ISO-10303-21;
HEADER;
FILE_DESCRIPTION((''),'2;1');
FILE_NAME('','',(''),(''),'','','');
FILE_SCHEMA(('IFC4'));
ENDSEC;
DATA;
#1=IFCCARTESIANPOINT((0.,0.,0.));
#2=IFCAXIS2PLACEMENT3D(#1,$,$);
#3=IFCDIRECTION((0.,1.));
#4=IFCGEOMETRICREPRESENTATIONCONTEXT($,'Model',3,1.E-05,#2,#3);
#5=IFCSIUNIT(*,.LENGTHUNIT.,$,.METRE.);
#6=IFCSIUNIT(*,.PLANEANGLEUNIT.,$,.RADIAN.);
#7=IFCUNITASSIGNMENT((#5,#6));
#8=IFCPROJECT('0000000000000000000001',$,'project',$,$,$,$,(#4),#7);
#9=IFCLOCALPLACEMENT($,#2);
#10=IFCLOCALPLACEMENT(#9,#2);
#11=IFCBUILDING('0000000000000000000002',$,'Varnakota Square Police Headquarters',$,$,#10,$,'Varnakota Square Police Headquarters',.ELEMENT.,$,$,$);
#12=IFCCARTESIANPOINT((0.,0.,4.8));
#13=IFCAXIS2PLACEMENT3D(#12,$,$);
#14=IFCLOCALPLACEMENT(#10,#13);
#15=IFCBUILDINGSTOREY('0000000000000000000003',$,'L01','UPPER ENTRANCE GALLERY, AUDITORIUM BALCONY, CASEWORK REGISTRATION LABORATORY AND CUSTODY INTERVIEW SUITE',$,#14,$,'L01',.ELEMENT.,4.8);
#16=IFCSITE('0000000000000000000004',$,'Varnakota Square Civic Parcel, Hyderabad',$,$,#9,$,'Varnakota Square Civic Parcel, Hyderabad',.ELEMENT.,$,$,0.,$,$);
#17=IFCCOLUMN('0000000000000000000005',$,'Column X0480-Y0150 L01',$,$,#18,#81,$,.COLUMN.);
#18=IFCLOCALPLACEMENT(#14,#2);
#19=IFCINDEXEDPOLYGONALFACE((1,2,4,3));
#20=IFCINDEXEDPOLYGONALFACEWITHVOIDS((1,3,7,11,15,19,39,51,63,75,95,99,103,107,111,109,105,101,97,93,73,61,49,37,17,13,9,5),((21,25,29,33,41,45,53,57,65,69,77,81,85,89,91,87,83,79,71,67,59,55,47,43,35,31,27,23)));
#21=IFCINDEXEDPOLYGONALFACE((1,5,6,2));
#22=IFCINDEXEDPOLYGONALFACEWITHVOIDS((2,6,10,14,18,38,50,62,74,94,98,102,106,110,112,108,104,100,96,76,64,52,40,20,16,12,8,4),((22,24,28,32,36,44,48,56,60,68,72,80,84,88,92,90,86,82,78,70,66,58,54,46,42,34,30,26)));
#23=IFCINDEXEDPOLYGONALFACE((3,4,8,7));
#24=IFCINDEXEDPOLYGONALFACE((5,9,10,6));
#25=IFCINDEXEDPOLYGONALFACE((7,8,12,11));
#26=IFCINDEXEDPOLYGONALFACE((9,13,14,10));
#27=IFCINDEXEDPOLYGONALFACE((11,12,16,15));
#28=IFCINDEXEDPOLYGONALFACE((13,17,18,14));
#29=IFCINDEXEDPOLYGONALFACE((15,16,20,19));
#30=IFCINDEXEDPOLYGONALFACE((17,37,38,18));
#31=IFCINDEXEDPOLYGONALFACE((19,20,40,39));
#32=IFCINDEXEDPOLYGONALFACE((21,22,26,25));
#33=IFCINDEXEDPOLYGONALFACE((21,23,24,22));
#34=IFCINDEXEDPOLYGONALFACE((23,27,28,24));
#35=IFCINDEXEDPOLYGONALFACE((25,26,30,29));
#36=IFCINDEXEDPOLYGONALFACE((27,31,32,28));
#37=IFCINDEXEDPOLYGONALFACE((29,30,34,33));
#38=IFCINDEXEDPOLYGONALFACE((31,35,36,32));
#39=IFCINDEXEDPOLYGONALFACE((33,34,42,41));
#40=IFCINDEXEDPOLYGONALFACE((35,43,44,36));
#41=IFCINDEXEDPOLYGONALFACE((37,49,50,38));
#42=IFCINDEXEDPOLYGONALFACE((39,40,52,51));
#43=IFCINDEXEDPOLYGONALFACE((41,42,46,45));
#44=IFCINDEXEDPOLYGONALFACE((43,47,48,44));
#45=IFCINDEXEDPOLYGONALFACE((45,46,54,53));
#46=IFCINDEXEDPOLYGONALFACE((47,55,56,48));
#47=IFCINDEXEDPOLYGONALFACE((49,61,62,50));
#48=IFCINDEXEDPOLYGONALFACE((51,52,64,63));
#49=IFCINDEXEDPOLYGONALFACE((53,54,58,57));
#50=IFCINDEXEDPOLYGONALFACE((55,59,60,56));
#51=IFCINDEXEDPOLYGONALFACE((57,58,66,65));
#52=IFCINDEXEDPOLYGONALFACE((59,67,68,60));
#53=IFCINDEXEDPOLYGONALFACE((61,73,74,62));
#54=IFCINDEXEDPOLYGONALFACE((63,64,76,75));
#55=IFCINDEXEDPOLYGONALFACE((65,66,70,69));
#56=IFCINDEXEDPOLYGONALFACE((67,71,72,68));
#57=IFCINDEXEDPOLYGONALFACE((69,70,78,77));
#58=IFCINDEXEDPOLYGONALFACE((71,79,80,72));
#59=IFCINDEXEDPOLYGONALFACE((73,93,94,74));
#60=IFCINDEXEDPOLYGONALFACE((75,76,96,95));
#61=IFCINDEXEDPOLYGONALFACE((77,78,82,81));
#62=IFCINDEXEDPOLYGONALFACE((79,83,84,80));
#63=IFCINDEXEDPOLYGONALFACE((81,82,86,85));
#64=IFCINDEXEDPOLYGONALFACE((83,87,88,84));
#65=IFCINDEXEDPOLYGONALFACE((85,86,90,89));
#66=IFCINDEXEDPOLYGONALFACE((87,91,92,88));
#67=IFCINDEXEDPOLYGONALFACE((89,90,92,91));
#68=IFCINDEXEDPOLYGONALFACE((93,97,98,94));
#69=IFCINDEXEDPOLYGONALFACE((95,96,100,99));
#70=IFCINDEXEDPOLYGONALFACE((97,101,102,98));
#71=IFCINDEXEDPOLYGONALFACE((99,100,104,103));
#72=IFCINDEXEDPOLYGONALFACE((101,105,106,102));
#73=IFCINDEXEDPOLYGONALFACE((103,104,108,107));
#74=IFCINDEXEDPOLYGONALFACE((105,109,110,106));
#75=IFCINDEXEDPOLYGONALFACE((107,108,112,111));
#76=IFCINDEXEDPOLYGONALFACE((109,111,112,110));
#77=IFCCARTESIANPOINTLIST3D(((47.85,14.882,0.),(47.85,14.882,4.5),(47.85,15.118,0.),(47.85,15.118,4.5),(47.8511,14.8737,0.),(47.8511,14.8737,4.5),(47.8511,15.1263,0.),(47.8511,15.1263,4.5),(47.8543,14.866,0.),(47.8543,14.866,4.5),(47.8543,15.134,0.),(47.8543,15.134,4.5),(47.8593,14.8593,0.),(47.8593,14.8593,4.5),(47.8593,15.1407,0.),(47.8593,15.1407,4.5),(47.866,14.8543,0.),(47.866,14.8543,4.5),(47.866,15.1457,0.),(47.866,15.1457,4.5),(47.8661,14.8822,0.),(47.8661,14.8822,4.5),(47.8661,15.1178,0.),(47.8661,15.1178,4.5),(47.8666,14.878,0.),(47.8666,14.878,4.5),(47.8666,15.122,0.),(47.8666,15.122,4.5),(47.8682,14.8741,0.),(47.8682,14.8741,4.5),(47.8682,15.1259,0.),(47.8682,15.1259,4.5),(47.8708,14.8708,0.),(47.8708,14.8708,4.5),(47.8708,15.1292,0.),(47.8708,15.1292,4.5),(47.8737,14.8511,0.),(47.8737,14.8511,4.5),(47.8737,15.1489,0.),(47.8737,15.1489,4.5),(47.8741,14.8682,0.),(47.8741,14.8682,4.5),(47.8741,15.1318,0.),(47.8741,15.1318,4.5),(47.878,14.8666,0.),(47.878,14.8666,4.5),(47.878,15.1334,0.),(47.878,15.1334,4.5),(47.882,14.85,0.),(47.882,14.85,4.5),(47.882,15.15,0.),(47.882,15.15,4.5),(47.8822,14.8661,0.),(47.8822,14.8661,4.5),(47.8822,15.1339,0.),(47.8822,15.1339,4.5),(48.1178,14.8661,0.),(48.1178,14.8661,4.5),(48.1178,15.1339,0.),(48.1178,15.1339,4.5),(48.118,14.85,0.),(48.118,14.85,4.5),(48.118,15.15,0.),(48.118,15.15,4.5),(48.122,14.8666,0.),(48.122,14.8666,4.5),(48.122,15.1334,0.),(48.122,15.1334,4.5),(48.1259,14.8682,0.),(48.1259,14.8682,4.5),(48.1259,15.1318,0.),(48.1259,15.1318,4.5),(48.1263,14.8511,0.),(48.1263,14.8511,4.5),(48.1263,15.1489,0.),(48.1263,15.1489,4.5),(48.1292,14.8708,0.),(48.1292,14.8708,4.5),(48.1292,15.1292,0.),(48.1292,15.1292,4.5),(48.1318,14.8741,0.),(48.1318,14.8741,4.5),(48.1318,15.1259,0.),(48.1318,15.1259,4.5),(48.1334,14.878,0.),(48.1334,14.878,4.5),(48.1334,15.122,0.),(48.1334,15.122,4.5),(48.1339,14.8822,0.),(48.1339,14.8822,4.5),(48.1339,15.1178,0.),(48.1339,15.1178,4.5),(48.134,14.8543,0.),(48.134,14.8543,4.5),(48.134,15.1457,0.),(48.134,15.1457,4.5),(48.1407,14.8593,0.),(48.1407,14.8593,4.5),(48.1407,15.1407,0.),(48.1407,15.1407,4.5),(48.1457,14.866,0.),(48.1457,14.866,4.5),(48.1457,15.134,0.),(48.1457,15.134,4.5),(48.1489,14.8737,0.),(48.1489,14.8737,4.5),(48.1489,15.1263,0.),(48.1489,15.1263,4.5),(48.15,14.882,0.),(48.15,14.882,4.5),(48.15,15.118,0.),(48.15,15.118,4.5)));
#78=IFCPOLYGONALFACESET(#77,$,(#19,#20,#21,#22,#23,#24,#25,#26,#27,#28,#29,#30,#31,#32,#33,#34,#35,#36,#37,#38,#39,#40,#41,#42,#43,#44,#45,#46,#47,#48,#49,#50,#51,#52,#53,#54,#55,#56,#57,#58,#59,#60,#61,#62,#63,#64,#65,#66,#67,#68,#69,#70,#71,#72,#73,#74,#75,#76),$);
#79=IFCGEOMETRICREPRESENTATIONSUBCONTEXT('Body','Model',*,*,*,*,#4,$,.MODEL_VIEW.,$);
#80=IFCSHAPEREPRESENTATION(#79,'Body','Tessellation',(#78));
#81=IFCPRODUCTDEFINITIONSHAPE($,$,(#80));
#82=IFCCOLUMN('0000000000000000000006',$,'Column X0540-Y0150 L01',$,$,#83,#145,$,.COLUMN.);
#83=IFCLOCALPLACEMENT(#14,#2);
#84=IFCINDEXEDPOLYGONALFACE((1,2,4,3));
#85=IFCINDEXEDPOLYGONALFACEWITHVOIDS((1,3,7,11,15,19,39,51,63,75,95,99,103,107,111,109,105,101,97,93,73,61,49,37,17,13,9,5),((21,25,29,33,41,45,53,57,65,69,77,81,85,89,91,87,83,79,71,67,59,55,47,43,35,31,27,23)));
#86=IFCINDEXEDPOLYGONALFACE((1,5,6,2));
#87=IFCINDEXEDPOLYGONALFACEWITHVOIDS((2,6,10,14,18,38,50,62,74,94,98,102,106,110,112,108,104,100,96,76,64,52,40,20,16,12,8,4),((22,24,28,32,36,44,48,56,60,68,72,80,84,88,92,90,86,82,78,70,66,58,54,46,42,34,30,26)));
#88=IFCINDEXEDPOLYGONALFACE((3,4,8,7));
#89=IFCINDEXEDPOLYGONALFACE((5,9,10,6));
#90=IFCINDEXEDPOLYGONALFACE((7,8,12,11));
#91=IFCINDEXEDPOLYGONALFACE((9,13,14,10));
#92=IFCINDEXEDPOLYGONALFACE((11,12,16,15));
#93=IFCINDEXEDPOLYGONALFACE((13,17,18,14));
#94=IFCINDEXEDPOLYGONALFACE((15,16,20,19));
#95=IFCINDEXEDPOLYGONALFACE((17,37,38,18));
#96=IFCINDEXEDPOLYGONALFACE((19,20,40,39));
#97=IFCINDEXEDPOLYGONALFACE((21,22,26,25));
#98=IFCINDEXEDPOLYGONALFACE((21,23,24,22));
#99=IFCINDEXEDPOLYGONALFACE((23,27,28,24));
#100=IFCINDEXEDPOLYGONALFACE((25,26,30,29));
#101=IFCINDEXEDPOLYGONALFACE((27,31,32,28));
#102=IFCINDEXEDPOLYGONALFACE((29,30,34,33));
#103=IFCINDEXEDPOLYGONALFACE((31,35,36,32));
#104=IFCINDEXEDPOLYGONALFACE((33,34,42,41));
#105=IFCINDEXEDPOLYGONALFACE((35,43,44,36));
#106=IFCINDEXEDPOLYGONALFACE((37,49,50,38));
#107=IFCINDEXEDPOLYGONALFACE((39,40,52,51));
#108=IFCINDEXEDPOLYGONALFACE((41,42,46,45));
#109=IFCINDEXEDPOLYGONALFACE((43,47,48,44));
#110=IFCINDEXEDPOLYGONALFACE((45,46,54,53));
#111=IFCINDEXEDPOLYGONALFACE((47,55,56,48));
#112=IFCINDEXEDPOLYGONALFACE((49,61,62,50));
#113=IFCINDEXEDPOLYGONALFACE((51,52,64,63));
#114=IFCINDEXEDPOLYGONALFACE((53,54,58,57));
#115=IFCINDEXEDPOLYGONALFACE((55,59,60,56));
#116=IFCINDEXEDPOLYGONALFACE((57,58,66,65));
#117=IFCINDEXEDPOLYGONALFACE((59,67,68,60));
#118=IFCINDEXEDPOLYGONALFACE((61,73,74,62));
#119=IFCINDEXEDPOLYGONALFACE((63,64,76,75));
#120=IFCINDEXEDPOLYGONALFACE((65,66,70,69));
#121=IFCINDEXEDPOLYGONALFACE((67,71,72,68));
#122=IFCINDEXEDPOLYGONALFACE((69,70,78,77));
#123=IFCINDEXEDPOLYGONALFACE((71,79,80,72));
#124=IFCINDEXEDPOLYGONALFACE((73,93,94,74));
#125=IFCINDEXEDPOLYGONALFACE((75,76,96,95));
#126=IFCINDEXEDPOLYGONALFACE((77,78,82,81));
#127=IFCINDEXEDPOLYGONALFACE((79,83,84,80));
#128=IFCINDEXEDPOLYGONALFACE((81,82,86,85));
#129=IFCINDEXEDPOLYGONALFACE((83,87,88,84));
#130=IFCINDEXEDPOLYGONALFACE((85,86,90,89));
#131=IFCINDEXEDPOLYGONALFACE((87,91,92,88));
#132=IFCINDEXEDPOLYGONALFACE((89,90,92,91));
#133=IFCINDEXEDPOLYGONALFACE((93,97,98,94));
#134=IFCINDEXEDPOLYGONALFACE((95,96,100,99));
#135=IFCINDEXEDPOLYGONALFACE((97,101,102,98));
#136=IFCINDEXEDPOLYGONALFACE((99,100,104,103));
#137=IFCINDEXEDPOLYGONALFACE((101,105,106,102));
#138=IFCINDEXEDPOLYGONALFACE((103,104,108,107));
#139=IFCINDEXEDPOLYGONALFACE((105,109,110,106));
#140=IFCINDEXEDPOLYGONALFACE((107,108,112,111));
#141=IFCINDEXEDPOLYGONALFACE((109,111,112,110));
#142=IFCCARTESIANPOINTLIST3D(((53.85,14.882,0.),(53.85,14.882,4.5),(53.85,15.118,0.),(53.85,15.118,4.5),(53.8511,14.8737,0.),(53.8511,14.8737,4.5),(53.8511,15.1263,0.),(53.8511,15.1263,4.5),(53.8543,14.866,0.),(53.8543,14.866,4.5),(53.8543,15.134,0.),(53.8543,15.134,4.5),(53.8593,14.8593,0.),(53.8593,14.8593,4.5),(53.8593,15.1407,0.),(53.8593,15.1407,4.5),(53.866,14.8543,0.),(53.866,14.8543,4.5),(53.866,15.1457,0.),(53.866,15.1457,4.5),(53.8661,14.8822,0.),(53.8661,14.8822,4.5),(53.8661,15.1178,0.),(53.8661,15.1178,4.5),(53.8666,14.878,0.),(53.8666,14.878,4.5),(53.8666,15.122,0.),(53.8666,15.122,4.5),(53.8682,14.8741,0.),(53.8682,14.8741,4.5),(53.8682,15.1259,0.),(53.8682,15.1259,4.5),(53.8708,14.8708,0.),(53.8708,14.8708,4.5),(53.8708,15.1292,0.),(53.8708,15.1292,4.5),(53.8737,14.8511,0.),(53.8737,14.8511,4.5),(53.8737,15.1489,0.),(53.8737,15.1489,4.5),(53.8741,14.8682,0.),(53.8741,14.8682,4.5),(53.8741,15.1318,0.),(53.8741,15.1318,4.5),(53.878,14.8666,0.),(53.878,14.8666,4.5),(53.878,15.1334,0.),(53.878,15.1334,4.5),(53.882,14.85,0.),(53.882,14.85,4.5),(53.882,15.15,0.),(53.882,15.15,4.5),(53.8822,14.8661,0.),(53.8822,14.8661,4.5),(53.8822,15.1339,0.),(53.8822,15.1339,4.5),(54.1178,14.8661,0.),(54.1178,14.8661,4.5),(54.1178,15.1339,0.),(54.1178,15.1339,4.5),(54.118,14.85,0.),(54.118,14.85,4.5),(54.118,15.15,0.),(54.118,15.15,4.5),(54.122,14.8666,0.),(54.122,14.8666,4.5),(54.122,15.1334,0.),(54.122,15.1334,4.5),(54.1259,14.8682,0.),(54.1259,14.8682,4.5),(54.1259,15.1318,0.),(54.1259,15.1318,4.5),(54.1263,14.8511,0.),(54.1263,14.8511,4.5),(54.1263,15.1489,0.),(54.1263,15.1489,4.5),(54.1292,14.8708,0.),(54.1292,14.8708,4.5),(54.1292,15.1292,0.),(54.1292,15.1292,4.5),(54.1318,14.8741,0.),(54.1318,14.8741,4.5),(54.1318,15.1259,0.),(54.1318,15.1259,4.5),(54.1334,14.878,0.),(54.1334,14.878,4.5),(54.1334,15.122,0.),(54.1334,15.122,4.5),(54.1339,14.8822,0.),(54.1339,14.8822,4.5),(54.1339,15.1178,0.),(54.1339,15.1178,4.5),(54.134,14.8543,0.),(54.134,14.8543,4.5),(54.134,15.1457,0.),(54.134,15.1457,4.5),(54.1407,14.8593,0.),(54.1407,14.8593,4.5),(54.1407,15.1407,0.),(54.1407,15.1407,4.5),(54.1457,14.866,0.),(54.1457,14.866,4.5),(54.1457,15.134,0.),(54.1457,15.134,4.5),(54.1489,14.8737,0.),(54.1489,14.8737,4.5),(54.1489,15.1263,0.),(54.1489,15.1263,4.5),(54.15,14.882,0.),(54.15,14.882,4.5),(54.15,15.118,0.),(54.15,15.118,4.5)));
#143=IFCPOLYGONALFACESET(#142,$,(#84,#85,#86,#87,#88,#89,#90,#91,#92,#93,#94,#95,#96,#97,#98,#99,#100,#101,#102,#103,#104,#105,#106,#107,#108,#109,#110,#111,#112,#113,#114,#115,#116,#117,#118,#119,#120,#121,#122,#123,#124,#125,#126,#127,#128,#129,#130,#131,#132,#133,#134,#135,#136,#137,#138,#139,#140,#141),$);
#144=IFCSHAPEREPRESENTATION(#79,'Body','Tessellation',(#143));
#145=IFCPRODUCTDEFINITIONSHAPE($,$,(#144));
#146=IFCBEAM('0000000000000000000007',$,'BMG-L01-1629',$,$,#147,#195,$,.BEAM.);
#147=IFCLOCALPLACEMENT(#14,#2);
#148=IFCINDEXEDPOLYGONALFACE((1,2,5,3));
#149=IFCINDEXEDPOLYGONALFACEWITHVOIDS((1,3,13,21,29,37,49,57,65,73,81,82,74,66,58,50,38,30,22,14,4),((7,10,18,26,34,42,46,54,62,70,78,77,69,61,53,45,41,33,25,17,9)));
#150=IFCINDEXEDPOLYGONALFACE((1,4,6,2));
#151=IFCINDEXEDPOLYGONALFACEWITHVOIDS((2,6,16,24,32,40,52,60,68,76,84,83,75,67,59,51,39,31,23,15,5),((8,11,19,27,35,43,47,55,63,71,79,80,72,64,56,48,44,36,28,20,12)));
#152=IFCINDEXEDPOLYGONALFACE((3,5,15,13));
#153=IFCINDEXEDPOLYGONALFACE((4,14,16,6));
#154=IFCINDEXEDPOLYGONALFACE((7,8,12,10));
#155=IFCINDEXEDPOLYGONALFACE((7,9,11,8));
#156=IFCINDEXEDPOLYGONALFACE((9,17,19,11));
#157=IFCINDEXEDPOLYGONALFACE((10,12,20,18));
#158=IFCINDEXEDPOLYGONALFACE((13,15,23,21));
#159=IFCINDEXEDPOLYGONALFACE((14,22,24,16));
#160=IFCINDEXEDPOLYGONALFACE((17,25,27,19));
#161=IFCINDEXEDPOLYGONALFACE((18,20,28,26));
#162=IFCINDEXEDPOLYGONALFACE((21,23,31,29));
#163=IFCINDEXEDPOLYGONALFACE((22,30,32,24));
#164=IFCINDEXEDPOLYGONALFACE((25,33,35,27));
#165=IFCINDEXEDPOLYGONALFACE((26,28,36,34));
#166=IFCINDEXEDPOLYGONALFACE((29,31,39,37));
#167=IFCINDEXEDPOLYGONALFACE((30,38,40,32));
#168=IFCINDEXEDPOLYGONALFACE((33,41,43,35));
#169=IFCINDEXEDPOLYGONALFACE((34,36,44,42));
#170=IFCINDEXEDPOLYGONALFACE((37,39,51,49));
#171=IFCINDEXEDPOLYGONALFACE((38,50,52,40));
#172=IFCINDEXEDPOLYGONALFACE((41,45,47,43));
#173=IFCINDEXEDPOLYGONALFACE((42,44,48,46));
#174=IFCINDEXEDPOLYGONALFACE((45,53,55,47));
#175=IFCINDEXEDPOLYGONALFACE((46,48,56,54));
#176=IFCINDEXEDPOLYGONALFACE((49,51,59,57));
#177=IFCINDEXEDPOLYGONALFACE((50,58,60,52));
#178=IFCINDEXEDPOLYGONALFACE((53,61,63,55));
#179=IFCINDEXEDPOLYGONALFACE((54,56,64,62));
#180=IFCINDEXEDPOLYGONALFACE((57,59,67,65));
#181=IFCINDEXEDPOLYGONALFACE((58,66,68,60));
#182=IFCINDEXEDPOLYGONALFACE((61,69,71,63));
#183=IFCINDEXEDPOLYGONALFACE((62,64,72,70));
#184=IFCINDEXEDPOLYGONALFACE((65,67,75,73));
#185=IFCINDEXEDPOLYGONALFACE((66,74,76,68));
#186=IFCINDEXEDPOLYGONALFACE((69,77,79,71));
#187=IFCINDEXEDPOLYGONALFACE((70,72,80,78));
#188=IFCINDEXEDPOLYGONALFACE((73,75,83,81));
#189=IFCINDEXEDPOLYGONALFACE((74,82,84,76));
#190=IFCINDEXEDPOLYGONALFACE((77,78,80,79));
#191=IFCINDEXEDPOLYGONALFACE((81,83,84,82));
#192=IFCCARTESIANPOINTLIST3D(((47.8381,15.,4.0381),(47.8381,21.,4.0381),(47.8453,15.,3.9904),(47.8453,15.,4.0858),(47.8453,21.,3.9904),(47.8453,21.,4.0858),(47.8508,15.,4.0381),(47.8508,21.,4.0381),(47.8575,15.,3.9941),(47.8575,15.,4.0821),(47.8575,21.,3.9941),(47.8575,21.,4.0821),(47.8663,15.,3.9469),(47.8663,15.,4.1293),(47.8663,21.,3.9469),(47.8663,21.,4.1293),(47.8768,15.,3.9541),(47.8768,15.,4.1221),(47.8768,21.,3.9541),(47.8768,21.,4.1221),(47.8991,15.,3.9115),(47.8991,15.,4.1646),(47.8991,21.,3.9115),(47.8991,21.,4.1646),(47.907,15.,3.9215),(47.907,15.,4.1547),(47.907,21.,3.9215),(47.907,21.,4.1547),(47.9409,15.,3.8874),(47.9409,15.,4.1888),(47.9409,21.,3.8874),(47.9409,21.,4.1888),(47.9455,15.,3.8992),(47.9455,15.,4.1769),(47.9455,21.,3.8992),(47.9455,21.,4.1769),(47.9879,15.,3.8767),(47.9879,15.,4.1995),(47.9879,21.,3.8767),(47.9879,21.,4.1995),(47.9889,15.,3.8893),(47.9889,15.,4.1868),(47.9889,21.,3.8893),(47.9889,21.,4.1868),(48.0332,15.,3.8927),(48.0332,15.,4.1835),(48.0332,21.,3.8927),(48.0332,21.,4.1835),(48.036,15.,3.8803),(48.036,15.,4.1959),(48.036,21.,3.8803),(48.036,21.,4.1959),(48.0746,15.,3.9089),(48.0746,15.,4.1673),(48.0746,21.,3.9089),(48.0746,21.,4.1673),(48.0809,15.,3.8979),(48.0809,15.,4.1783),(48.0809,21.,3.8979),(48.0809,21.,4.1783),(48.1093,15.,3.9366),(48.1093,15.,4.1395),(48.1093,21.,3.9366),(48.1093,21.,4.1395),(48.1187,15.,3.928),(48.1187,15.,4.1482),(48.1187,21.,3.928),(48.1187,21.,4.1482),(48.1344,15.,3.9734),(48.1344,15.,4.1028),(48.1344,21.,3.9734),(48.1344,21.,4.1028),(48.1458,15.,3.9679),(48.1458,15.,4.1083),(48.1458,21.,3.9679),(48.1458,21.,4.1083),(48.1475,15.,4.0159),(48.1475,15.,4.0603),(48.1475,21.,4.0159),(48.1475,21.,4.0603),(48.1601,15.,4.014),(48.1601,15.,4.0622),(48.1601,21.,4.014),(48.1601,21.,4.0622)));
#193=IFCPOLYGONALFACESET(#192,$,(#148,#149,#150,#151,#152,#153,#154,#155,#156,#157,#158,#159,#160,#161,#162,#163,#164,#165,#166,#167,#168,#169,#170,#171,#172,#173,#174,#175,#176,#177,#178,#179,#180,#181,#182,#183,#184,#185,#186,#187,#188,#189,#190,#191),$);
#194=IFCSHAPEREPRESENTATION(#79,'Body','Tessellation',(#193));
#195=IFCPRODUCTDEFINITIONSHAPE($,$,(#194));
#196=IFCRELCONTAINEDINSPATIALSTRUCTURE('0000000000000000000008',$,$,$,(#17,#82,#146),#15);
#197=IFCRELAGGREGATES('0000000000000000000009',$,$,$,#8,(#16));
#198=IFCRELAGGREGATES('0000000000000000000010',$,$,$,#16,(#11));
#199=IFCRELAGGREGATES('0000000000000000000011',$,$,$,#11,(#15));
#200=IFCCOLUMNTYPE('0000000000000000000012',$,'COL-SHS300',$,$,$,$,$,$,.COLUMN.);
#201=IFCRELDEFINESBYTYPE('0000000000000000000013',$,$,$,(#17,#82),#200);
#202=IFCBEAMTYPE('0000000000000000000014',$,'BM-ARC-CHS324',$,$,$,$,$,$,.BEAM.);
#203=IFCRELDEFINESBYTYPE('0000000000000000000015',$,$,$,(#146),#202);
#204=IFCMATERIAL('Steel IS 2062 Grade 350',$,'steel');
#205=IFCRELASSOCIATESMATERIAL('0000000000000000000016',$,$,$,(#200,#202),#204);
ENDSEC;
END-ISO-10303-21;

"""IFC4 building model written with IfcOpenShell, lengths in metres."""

from ifc_helpers import new_model, si_unit, direction, frame, origin, origin_2d, place, context, subcontext, project, spatial, hollow_rectangle, hollow_circle, extrude, material, material_profile, profile_set, type_object, element, save


model = new_model("IFC4")

# Units and contexts
model_context = context("Model", 3, precision=1e-05, world=origin(), true_north=direction((0.0, 1.0)))
body_context = subcontext(model_context, "Body", "Model", "MODEL_VIEW")
ifc_project = project(units=[si_unit("LENGTHUNIT", "METRE"), si_unit("PLANEANGLEUNIT", "RADIAN")], contexts=[model_context])

# Site, building, storey
site_placement = place(None, origin())
site = spatial("IfcSite", under=ifc_project, at=site_placement, Name="Varnakota Square Civic Parcel, Hyderabad", LongName="Varnakota Square Civic Parcel, Hyderabad", CompositionType="ELEMENT", RefElevation=0.0)
building_placement = place(site_placement, origin())
building = spatial("IfcBuilding", under=site, at=building_placement, Name="Varnakota Square Police Headquarters", LongName="Varnakota Square Police Headquarters", CompositionType="ELEMENT")
storey_placement = place(building_placement, frame((0.0, 0.0, 4.8)))
storey = spatial("IfcBuildingStorey", under=building, at=storey_placement, Name="L01", Description="UPPER ENTRANCE GALLERY, AUDITORIUM BALCONY, CASEWORK REGISTRATION LABORATORY AND CUSTODY INTERVIEW SUITE", LongName="L01", CompositionType="ELEMENT", Elevation=4.8)

# Columns
ifc_material_1 = material(Name="Steel IS 2062 Grade 350", Category="steel")
ifc_material_profile_1 = material_profile(ifc_material_1, hollow_rectangle(XDim=0.3, YDim=0.3, WallThickness=0.0161, InnerFilletRadius=0.0161, OuterFilletRadius=0.032, at=origin_2d()), Name="SHS 300x300x16")
ifc_profile_set_1 = profile_set([ifc_material_profile_1], Name="Steel IS 2062 Grade 350")
column_type = type_object("IfcColumnType", Name="COL-SHS300", PredefinedType="COLUMN", material=ifc_profile_set_1)
for number, where, z_axis, x_axis, name in (
    (1, (48.0, 15.0, 0.0), (0.0, 0.0, 1.0), (1.0, 0.0, 0.0), "Column X0480-Y0150 L01"),
    (2, (54.0, 15.0, 0.0), (0.0, 0.0, 1.0), (1.0, 0.0, 0.0), "Column X0540-Y0150 L01"),
):
    element("IfcColumn", number, at=place(storey_placement, frame(where, z_axis=z_axis, x_axis=x_axis)), inside=storey, type_object=column_type, Name=name, PredefinedType="COLUMN", context=body_context, shape_type="SweptSolid", body=[
        extrude(hollow_rectangle(XDim=0.3, YDim=0.3, WallThickness=0.0161, InnerFilletRadius=0.0161, OuterFilletRadius=0.032, at=origin_2d()), origin(), (0.0, 0.0, 1.0), 4.5),
    ])

# Beam
ifc_material_profile_2 = material_profile(ifc_material_1, hollow_circle(Radius=0.1619, WallThickness=0.0127, at=origin_2d()), Name="CHS 323.9x12.7")
ifc_profile_set_2 = profile_set([ifc_material_profile_2], Name="Steel IS 2062 Grade 350")
beam_type_1 = type_object("IfcBeamType", Name="BM-ARC-CHS324", PredefinedType="BEAM", material=ifc_profile_set_2)
for number, where, z_axis, x_axis, name in (
    (3, (48.0, 15.0, 4.0381), (0.0, 1.0, 0.0), (-1.0, 0.0, 0.0), "BMG-L01-1629"),
):
    element("IfcBeam", number, at=place(storey_placement, frame(where, z_axis=z_axis, x_axis=x_axis)), inside=storey, type_object=beam_type_1, Name=name, PredefinedType="BEAM", context=body_context, shape_type="SweptSolid", body=[
        extrude(hollow_circle(Radius=0.1619, WallThickness=0.0127, at=origin_2d()), origin(), (0.0, 0.0, 1.0), 6.0),
    ])

save(model, "model.ifc")
